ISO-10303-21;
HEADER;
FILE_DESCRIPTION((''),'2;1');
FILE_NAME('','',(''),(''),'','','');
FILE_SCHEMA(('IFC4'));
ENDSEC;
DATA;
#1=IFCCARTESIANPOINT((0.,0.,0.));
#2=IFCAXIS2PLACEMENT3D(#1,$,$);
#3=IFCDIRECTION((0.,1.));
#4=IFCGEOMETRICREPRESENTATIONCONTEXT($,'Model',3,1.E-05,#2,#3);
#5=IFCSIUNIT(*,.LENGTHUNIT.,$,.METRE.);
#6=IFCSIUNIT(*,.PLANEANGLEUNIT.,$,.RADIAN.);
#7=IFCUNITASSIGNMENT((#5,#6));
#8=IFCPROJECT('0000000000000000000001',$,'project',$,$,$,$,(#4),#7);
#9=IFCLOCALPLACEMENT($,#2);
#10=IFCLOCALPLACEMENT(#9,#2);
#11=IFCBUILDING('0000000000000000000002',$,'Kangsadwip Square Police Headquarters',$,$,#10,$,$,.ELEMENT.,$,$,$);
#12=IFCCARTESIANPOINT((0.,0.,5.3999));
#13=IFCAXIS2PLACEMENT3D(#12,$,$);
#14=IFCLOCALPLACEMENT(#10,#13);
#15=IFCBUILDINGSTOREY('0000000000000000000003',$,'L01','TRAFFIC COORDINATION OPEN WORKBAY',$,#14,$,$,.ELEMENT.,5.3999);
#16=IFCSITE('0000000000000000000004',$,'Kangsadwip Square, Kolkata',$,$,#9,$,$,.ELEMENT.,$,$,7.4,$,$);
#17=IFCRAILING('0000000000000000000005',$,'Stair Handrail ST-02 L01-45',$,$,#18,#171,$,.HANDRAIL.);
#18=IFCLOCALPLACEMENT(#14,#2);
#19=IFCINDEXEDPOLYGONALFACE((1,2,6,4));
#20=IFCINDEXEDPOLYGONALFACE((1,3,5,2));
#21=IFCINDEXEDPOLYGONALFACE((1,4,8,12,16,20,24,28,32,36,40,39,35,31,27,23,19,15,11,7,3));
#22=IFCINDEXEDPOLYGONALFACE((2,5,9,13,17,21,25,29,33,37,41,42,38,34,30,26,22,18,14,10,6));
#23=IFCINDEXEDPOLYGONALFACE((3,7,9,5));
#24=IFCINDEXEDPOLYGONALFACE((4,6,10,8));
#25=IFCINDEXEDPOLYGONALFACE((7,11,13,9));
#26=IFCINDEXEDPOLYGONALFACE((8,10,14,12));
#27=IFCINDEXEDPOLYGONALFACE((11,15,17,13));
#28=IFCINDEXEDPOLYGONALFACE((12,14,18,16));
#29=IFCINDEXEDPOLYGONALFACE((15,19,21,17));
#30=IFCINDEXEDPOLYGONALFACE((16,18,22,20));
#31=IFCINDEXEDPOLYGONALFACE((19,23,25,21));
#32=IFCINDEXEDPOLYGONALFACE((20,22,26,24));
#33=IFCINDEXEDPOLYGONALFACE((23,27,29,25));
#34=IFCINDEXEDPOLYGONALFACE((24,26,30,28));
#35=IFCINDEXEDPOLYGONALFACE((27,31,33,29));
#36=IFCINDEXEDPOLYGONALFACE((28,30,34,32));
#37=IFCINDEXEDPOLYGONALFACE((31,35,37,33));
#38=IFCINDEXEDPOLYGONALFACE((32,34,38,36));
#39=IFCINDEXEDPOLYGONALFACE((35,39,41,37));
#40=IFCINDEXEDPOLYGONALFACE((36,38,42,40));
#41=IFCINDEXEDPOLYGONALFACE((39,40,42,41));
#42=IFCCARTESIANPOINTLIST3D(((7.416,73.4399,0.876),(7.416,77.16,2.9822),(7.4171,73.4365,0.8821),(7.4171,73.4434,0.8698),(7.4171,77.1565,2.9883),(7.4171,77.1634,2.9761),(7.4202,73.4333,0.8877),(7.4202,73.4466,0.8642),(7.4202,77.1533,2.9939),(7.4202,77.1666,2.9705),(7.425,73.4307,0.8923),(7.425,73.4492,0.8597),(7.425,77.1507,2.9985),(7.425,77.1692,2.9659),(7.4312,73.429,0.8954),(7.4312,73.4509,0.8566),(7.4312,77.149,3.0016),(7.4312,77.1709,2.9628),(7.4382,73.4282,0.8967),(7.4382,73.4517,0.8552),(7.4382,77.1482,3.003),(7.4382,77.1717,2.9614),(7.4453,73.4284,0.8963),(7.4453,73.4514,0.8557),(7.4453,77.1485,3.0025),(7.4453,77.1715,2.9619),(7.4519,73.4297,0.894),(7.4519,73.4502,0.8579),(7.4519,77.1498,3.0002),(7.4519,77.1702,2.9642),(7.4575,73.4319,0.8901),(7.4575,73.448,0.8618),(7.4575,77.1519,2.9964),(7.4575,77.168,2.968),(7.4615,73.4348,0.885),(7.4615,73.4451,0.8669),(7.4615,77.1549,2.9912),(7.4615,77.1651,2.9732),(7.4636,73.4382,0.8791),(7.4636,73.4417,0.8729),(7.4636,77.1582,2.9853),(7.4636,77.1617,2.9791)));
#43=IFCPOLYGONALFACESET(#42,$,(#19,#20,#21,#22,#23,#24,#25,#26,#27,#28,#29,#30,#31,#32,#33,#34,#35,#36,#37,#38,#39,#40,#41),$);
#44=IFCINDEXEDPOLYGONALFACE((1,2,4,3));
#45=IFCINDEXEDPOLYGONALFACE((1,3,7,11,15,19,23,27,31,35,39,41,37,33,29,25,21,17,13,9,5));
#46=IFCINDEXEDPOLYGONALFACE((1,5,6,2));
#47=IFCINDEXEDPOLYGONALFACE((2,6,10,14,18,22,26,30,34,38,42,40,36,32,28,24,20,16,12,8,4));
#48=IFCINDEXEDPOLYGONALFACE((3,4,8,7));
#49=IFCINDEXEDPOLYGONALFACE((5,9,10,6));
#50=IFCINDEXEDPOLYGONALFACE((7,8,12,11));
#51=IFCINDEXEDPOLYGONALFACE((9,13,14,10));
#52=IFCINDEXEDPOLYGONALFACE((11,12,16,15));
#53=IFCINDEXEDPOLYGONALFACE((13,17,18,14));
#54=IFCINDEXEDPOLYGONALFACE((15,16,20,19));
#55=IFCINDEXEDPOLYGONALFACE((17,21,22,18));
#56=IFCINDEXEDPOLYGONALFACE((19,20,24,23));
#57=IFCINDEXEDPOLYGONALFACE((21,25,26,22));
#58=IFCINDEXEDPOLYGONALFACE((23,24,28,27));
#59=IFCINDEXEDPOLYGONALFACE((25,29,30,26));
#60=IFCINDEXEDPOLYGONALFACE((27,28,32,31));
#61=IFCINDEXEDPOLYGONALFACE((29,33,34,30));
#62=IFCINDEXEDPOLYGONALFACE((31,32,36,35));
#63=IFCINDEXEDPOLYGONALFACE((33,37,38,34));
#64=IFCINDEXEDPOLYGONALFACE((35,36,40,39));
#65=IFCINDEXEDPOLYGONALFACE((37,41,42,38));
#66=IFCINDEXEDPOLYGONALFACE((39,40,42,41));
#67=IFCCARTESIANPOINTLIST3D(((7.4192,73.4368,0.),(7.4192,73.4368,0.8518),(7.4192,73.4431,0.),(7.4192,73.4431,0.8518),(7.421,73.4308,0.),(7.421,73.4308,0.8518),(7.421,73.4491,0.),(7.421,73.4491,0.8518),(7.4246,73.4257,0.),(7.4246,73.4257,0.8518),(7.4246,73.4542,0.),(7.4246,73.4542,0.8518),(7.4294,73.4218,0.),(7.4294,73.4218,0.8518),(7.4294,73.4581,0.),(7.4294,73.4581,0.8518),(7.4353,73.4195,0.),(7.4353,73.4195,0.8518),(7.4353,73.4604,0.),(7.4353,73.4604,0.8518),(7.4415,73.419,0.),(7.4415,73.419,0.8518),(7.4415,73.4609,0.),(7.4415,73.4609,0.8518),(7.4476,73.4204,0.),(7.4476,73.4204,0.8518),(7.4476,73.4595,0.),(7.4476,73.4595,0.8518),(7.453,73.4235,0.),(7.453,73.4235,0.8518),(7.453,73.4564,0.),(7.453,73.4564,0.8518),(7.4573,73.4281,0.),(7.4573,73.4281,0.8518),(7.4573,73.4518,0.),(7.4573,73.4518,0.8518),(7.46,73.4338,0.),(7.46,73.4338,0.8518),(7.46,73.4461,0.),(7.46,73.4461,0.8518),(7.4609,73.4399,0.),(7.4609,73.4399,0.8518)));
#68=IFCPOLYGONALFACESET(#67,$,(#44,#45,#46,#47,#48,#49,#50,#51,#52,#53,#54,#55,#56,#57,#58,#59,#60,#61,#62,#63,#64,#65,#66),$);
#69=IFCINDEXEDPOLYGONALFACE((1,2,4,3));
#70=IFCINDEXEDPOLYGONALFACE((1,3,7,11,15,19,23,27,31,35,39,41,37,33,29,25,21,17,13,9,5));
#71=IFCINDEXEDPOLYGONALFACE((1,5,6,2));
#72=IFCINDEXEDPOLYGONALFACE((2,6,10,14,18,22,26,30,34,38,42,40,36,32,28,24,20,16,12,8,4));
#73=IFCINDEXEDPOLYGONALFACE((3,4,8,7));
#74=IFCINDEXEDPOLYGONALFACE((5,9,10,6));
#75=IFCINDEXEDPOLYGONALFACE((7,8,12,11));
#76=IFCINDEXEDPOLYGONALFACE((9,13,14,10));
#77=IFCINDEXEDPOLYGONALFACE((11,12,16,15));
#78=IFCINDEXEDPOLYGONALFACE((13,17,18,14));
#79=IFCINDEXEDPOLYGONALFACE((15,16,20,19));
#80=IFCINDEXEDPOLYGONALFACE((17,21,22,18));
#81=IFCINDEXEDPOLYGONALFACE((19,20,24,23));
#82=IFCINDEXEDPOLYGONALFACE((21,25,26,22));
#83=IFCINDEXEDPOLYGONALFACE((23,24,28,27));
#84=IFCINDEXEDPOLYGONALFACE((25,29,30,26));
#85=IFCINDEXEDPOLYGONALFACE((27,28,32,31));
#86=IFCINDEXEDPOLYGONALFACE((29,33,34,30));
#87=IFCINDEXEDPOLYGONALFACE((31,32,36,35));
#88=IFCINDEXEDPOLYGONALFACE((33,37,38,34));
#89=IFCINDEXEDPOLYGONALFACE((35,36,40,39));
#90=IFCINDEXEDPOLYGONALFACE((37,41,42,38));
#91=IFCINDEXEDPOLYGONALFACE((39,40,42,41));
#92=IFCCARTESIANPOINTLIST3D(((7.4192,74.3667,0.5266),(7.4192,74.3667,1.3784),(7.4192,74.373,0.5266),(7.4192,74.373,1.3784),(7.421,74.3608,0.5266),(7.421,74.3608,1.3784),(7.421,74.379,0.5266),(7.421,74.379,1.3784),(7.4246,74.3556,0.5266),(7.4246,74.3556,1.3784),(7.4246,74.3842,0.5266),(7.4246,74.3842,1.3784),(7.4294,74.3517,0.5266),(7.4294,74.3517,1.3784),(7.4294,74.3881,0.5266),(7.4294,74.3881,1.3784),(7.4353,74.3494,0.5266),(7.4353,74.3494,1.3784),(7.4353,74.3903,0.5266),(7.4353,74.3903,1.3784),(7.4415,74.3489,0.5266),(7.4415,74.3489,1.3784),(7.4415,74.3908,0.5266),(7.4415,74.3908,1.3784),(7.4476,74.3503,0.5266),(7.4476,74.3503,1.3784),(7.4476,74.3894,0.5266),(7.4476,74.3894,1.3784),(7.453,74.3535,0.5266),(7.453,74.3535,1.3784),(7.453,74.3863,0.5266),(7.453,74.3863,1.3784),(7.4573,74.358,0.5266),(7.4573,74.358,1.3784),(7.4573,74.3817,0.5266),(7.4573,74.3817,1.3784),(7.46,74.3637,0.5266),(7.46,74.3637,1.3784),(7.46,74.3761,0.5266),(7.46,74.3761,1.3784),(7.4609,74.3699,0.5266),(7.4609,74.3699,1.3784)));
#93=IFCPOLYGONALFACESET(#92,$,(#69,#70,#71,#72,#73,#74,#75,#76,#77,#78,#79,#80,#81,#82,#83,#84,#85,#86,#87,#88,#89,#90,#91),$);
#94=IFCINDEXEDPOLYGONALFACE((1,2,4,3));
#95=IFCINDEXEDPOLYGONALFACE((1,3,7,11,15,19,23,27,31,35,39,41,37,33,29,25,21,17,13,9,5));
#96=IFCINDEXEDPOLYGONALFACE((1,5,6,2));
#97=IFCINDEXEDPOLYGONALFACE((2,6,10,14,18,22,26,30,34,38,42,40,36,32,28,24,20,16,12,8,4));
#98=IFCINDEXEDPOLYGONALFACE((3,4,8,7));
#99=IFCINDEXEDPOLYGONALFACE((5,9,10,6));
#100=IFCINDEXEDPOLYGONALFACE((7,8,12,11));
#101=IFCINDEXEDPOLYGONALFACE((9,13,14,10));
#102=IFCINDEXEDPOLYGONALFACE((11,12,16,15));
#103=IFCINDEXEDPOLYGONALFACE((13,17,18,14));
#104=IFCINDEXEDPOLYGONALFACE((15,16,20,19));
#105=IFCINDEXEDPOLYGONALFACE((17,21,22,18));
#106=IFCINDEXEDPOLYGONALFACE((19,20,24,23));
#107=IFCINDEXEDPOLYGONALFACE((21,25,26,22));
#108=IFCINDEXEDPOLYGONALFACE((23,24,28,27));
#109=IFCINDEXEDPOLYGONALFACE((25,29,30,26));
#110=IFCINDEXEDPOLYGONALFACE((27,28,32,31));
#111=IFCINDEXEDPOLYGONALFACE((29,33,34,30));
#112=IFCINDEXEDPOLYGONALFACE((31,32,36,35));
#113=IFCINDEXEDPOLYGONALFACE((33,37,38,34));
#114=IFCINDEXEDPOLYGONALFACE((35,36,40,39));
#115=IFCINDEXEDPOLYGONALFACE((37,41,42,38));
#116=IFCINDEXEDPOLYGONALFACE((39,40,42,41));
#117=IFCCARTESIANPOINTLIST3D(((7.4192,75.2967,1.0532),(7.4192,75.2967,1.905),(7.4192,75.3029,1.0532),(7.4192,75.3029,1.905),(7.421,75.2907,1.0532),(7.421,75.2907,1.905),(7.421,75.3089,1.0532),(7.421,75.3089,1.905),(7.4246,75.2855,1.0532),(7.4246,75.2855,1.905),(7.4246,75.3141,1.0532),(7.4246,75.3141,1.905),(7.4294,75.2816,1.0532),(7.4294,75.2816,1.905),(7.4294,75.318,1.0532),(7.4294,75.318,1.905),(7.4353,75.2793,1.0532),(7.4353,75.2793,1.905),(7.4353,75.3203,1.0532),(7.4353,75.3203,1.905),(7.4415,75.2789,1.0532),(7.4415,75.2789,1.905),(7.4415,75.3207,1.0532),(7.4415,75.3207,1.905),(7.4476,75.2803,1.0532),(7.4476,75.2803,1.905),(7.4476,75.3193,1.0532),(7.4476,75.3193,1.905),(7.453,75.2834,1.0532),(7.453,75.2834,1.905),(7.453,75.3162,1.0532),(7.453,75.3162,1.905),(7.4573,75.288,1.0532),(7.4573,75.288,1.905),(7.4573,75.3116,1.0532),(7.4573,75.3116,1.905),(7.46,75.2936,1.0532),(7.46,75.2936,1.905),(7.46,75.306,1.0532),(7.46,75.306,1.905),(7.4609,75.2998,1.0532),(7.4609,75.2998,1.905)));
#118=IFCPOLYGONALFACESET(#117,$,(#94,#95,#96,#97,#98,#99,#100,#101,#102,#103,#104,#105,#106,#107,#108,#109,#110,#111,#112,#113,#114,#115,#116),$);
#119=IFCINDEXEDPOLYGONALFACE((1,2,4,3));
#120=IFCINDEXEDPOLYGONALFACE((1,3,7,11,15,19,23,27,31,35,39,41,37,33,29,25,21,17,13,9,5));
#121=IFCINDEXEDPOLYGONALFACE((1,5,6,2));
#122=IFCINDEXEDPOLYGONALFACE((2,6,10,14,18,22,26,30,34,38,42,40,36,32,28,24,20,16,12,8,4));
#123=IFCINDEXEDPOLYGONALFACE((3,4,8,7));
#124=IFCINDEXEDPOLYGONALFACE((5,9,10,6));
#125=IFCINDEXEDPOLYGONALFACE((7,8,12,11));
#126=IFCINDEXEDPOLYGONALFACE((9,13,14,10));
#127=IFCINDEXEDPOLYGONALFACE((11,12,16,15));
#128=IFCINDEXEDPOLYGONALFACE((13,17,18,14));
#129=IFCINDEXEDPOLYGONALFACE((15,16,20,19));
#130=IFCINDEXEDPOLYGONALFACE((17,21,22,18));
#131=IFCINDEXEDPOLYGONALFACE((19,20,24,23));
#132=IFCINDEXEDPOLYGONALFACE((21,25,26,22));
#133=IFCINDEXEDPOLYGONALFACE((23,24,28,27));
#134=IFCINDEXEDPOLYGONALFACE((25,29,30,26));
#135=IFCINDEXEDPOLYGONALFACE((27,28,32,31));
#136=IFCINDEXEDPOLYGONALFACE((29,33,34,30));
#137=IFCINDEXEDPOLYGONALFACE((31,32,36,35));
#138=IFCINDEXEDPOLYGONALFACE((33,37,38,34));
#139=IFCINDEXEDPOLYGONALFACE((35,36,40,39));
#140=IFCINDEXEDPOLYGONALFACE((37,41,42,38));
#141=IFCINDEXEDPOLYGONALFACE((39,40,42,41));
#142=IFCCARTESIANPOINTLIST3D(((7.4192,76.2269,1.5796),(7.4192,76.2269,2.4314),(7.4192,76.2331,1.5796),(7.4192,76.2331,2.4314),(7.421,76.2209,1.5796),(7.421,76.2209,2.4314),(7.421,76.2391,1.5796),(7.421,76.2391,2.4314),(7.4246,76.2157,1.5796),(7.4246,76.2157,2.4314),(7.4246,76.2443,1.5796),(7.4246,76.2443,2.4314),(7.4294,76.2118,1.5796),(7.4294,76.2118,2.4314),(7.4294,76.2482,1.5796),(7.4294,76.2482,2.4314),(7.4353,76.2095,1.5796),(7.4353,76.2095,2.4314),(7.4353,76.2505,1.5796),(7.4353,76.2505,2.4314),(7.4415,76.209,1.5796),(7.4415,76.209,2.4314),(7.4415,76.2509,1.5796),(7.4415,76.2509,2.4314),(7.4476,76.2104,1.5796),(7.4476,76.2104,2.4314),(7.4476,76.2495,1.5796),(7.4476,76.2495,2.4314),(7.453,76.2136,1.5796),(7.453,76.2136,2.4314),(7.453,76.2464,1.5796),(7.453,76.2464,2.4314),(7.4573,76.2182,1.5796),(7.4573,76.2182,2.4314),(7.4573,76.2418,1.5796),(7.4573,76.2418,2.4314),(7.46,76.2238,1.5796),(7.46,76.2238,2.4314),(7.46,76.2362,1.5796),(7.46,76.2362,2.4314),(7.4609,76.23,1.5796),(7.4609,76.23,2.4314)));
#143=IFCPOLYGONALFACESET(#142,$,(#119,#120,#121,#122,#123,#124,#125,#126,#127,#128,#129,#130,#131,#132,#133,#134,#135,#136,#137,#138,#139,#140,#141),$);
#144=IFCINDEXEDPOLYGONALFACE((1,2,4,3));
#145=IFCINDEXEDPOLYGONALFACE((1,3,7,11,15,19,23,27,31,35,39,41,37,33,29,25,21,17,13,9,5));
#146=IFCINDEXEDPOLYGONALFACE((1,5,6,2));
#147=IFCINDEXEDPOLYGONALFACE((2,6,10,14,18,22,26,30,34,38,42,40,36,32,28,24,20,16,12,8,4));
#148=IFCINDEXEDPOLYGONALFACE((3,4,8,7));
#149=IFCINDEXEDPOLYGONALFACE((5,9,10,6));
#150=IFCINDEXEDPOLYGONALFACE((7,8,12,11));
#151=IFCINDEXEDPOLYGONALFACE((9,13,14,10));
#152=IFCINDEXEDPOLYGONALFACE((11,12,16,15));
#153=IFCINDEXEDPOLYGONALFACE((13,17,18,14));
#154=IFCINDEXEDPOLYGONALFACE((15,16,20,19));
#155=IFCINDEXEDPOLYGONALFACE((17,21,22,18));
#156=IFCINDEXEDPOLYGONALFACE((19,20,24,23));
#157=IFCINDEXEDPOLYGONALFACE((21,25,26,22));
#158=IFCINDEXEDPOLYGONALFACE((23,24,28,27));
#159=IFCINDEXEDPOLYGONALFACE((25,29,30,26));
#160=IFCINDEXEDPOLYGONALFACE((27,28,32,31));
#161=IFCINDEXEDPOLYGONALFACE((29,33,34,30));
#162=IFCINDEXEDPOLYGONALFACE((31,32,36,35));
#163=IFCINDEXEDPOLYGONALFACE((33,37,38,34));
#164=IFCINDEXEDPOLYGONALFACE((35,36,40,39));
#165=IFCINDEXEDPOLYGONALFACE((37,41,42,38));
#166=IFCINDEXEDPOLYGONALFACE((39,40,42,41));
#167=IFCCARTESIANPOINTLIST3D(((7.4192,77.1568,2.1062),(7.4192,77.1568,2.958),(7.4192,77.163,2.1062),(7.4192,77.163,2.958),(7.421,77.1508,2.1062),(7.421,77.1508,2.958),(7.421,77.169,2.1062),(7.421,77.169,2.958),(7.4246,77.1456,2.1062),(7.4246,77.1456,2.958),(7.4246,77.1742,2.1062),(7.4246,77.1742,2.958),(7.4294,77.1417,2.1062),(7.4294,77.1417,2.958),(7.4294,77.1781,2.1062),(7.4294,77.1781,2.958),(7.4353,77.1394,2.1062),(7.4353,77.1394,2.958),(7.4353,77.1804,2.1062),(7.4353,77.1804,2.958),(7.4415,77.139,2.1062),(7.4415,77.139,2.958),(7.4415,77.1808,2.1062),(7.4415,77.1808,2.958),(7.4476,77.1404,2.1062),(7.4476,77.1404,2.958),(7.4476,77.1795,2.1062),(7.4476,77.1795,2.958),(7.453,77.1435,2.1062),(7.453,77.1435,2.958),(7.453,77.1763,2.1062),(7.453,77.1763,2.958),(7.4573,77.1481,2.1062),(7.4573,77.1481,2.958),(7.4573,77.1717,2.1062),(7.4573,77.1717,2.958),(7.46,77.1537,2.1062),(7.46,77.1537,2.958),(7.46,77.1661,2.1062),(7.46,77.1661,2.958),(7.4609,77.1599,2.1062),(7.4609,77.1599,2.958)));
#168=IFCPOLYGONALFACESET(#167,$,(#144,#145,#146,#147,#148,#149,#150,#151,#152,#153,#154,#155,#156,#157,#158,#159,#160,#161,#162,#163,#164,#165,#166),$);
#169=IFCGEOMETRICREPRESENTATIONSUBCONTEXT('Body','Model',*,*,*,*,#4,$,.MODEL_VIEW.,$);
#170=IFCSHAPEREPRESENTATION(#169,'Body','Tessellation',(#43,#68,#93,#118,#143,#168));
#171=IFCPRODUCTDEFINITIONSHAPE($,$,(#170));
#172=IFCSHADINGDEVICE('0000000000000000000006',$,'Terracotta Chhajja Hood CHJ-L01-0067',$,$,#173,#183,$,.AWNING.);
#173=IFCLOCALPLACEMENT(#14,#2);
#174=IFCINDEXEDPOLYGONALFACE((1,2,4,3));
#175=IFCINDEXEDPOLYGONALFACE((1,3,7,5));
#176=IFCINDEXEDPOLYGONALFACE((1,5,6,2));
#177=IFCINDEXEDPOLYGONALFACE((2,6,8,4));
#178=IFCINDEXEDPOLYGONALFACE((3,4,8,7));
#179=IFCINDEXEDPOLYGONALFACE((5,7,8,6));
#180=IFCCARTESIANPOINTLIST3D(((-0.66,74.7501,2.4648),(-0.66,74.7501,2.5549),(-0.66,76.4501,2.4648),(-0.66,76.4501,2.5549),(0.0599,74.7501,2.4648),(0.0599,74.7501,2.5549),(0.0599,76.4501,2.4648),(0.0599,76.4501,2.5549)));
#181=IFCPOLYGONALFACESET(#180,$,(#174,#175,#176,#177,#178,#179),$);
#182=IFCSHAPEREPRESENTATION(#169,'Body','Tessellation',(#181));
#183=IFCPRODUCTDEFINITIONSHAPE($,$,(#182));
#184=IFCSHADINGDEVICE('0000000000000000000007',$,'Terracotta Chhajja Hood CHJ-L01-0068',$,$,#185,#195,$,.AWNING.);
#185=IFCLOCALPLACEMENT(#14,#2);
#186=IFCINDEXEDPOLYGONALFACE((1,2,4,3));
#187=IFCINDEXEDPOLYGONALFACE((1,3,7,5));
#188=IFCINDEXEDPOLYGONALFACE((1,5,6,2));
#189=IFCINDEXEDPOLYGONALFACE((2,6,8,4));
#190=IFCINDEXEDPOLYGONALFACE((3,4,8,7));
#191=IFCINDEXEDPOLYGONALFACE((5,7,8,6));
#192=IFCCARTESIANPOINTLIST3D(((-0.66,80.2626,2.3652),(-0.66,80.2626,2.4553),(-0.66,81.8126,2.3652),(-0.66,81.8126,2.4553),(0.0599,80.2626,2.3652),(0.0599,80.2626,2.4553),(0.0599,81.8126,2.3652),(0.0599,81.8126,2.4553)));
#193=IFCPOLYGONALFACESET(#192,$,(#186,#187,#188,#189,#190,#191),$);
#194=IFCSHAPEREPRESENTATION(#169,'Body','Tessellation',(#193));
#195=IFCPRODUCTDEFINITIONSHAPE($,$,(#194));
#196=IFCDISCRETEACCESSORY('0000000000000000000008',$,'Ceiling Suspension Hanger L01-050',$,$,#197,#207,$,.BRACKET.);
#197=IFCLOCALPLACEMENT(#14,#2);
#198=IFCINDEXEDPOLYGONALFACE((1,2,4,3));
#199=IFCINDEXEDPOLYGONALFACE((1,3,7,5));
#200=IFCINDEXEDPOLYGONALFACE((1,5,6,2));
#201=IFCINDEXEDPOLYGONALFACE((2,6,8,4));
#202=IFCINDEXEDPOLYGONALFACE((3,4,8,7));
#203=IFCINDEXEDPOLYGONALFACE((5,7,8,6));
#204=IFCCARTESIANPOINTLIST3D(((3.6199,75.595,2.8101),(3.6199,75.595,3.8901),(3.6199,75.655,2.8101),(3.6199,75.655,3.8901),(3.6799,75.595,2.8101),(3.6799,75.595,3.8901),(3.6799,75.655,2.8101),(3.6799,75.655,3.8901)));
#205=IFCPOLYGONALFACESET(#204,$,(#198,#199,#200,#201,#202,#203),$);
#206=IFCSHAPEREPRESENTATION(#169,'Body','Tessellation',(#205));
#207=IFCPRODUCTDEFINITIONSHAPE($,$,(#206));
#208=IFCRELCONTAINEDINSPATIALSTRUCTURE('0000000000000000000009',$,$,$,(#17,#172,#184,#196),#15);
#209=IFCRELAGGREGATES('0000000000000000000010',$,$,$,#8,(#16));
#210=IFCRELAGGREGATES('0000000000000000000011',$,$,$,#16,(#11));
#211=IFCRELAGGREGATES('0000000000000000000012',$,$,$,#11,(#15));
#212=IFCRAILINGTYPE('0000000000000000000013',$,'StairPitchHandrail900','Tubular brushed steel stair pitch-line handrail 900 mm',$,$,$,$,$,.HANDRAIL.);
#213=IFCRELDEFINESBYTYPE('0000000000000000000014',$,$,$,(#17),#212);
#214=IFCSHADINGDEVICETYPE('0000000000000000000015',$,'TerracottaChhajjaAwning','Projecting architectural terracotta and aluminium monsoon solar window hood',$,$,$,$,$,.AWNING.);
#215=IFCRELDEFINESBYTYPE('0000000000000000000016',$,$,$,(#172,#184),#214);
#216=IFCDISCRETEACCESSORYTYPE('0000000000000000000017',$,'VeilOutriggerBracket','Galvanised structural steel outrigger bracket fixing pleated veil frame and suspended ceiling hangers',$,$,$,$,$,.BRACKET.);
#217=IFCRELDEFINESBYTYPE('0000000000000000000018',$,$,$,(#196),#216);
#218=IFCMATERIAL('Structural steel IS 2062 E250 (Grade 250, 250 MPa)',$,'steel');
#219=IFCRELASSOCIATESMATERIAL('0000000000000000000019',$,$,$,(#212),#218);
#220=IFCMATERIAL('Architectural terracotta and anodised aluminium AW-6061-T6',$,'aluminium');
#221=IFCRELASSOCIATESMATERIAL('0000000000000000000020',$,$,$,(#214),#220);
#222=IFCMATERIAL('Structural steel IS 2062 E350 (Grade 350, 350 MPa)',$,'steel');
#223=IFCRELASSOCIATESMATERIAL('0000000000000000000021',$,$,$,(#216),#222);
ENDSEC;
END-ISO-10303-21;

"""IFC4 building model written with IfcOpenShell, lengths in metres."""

from ifc_helpers import new_model, si_unit, direction, frame, origin, origin_2d, place, context, subcontext, project, spatial, rectangle, circle, extrude, material, type_object, element, save


model = new_model("IFC4")

# Units and contexts
model_context = context("Model", 3, precision=1e-05, world=origin(), true_north=direction((0.0, 1.0)))
body_context = subcontext(model_context, "Body", "Model", "MODEL_VIEW")
ifc_project = project(units=[si_unit("LENGTHUNIT", "METRE"), si_unit("PLANEANGLEUNIT", "RADIAN")], contexts=[model_context])

# Site, building, storey
site_placement = place(None, origin())
site = spatial("IfcSite", under=ifc_project, at=site_placement, Name="Kangsadwip Square, Kolkata", CompositionType="ELEMENT", RefElevation=7.4)
building_placement = place(site_placement, origin())
building = spatial("IfcBuilding", under=site, at=building_placement, Name="Kangsadwip Square Police Headquarters", CompositionType="ELEMENT")
storey_placement = place(building_placement, frame((0.0, 0.0, 5.3999)))
storey = spatial("IfcBuildingStorey", under=building, at=storey_placement, Name="L01", Description="TRAFFIC COORDINATION OPEN WORKBAY", CompositionType="ELEMENT", Elevation=5.3999)

# Railing
ifc_material_1 = material(Name="Structural steel IS 2062 E250 (Grade 250, 250 MPa)", Category="steel")
railing_type_1 = type_object("IfcRailingType", Name="StairPitchHandrail900", Description="Tubular brushed steel stair pitch-line handrail 900 mm", PredefinedType="HANDRAIL", material=ifc_material_1)
railing_placement = place(storey_placement, frame((7.4399, 73.4399, 0.0)))
element("IfcRailing", 1, at=railing_placement, inside=storey, type_object=railing_type_1, Name="Stair Handrail ST-02 L01-45", PredefinedType="HANDRAIL", context=body_context, shape_type="SweptSolid", body=[
    extrude(circle(Radius=0.0239, at=origin_2d()), frame((0.0, 0.0, 0.876), z_axis=(0.0, 0.870201, 0.492697), x_axis=(-1.0, 0.0, 0.0)), (0.0, 0.0, 1.0), 4.2749),
    extrude(circle(Radius=0.021, at=origin_2d()), origin(), (0.0, 0.0, 1.0), 0.8518),
    extrude(circle(Radius=0.021, at=origin_2d()), frame((0.0, 0.9299, 0.5266)), (0.0, 0.0, 1.0), 0.8518),
    extrude(circle(Radius=0.021, at=origin_2d()), frame((0.0, 1.8599, 1.0532)), (0.0, 0.0, 1.0), 0.8518),
    extrude(circle(Radius=0.021, at=origin_2d()), frame((0.0, 2.79, 1.5796)), (0.0, 0.0, 1.0), 0.8518),
    extrude(circle(Radius=0.021, at=origin_2d()), frame((0.0, 3.72, 2.1062)), (0.0, 0.0, 1.0), 0.8518),
])

# Shading devices
ifc_material_2 = material(Name="Architectural terracotta and anodised aluminium AW-6061-T6", Category="aluminium")
shading_device_type = type_object("IfcShadingDeviceType", Name="TerracottaChhajjaAwning", Description="Projecting architectural terracotta and aluminium monsoon solar window hood", PredefinedType="AWNING", material=ifc_material_2)
shading_device_1_placement = place(storey_placement, frame((-0.3, 75.6001, 2.4648), z_axis=(0.0, 0.0, 1.0), x_axis=(0.0, 1.0, 0.0)))
element("IfcShadingDevice", 2, at=shading_device_1_placement, inside=storey, type_object=shading_device_type, Name="Terracotta Chhajja Hood CHJ-L01-0067", PredefinedType="AWNING", context=body_context, shape_type="SweptSolid", body=[
    extrude(rectangle(XDim=1.7, YDim=0.72, at=origin_2d()), origin(), (0.0, 0.0, 1.0), 0.0901),
])
shading_device_2_placement = place(storey_placement, frame((-0.3, 81.0376, 2.3652), z_axis=(0.0, 0.0, 1.0), x_axis=(0.0, 1.0, 0.0)))
element("IfcShadingDevice", 3, at=shading_device_2_placement, inside=storey, type_object=shading_device_type, Name="Terracotta Chhajja Hood CHJ-L01-0068", PredefinedType="AWNING", context=body_context, shape_type="SweptSolid", body=[
    extrude(rectangle(XDim=1.55, YDim=0.72, at=origin_2d()), origin(), (0.0, 0.0, 1.0), 0.0901),
])

# Discrete accessory
ifc_material_3 = material(Name="Structural steel IS 2062 E350 (Grade 350, 350 MPa)", Category="steel")
discrete_accessory_type = type_object("IfcDiscreteAccessoryType", Name="VeilOutriggerBracket", Description="Galvanised structural steel outrigger bracket fixing pleated veil frame and suspended ceiling hangers", PredefinedType="BRACKET", material=ifc_material_3)
discrete_accessory_placement = place(storey_placement, frame((3.6499, 75.625, 2.8101), z_axis=(0.0, 0.0, 1.0), x_axis=(1.0, 0.0, 0.0)))
element("IfcDiscreteAccessory", 4, at=discrete_accessory_placement, inside=storey, type_object=discrete_accessory_type, Name="Ceiling Suspension Hanger L01-050", PredefinedType="BRACKET", context=body_context, shape_type="SweptSolid", body=[
    extrude(rectangle(XDim=0.0601, YDim=0.0601, at=origin_2d()), origin(), (0.0, 0.0, 1.0), 1.0801),
])

save(model, "model.ifc")
